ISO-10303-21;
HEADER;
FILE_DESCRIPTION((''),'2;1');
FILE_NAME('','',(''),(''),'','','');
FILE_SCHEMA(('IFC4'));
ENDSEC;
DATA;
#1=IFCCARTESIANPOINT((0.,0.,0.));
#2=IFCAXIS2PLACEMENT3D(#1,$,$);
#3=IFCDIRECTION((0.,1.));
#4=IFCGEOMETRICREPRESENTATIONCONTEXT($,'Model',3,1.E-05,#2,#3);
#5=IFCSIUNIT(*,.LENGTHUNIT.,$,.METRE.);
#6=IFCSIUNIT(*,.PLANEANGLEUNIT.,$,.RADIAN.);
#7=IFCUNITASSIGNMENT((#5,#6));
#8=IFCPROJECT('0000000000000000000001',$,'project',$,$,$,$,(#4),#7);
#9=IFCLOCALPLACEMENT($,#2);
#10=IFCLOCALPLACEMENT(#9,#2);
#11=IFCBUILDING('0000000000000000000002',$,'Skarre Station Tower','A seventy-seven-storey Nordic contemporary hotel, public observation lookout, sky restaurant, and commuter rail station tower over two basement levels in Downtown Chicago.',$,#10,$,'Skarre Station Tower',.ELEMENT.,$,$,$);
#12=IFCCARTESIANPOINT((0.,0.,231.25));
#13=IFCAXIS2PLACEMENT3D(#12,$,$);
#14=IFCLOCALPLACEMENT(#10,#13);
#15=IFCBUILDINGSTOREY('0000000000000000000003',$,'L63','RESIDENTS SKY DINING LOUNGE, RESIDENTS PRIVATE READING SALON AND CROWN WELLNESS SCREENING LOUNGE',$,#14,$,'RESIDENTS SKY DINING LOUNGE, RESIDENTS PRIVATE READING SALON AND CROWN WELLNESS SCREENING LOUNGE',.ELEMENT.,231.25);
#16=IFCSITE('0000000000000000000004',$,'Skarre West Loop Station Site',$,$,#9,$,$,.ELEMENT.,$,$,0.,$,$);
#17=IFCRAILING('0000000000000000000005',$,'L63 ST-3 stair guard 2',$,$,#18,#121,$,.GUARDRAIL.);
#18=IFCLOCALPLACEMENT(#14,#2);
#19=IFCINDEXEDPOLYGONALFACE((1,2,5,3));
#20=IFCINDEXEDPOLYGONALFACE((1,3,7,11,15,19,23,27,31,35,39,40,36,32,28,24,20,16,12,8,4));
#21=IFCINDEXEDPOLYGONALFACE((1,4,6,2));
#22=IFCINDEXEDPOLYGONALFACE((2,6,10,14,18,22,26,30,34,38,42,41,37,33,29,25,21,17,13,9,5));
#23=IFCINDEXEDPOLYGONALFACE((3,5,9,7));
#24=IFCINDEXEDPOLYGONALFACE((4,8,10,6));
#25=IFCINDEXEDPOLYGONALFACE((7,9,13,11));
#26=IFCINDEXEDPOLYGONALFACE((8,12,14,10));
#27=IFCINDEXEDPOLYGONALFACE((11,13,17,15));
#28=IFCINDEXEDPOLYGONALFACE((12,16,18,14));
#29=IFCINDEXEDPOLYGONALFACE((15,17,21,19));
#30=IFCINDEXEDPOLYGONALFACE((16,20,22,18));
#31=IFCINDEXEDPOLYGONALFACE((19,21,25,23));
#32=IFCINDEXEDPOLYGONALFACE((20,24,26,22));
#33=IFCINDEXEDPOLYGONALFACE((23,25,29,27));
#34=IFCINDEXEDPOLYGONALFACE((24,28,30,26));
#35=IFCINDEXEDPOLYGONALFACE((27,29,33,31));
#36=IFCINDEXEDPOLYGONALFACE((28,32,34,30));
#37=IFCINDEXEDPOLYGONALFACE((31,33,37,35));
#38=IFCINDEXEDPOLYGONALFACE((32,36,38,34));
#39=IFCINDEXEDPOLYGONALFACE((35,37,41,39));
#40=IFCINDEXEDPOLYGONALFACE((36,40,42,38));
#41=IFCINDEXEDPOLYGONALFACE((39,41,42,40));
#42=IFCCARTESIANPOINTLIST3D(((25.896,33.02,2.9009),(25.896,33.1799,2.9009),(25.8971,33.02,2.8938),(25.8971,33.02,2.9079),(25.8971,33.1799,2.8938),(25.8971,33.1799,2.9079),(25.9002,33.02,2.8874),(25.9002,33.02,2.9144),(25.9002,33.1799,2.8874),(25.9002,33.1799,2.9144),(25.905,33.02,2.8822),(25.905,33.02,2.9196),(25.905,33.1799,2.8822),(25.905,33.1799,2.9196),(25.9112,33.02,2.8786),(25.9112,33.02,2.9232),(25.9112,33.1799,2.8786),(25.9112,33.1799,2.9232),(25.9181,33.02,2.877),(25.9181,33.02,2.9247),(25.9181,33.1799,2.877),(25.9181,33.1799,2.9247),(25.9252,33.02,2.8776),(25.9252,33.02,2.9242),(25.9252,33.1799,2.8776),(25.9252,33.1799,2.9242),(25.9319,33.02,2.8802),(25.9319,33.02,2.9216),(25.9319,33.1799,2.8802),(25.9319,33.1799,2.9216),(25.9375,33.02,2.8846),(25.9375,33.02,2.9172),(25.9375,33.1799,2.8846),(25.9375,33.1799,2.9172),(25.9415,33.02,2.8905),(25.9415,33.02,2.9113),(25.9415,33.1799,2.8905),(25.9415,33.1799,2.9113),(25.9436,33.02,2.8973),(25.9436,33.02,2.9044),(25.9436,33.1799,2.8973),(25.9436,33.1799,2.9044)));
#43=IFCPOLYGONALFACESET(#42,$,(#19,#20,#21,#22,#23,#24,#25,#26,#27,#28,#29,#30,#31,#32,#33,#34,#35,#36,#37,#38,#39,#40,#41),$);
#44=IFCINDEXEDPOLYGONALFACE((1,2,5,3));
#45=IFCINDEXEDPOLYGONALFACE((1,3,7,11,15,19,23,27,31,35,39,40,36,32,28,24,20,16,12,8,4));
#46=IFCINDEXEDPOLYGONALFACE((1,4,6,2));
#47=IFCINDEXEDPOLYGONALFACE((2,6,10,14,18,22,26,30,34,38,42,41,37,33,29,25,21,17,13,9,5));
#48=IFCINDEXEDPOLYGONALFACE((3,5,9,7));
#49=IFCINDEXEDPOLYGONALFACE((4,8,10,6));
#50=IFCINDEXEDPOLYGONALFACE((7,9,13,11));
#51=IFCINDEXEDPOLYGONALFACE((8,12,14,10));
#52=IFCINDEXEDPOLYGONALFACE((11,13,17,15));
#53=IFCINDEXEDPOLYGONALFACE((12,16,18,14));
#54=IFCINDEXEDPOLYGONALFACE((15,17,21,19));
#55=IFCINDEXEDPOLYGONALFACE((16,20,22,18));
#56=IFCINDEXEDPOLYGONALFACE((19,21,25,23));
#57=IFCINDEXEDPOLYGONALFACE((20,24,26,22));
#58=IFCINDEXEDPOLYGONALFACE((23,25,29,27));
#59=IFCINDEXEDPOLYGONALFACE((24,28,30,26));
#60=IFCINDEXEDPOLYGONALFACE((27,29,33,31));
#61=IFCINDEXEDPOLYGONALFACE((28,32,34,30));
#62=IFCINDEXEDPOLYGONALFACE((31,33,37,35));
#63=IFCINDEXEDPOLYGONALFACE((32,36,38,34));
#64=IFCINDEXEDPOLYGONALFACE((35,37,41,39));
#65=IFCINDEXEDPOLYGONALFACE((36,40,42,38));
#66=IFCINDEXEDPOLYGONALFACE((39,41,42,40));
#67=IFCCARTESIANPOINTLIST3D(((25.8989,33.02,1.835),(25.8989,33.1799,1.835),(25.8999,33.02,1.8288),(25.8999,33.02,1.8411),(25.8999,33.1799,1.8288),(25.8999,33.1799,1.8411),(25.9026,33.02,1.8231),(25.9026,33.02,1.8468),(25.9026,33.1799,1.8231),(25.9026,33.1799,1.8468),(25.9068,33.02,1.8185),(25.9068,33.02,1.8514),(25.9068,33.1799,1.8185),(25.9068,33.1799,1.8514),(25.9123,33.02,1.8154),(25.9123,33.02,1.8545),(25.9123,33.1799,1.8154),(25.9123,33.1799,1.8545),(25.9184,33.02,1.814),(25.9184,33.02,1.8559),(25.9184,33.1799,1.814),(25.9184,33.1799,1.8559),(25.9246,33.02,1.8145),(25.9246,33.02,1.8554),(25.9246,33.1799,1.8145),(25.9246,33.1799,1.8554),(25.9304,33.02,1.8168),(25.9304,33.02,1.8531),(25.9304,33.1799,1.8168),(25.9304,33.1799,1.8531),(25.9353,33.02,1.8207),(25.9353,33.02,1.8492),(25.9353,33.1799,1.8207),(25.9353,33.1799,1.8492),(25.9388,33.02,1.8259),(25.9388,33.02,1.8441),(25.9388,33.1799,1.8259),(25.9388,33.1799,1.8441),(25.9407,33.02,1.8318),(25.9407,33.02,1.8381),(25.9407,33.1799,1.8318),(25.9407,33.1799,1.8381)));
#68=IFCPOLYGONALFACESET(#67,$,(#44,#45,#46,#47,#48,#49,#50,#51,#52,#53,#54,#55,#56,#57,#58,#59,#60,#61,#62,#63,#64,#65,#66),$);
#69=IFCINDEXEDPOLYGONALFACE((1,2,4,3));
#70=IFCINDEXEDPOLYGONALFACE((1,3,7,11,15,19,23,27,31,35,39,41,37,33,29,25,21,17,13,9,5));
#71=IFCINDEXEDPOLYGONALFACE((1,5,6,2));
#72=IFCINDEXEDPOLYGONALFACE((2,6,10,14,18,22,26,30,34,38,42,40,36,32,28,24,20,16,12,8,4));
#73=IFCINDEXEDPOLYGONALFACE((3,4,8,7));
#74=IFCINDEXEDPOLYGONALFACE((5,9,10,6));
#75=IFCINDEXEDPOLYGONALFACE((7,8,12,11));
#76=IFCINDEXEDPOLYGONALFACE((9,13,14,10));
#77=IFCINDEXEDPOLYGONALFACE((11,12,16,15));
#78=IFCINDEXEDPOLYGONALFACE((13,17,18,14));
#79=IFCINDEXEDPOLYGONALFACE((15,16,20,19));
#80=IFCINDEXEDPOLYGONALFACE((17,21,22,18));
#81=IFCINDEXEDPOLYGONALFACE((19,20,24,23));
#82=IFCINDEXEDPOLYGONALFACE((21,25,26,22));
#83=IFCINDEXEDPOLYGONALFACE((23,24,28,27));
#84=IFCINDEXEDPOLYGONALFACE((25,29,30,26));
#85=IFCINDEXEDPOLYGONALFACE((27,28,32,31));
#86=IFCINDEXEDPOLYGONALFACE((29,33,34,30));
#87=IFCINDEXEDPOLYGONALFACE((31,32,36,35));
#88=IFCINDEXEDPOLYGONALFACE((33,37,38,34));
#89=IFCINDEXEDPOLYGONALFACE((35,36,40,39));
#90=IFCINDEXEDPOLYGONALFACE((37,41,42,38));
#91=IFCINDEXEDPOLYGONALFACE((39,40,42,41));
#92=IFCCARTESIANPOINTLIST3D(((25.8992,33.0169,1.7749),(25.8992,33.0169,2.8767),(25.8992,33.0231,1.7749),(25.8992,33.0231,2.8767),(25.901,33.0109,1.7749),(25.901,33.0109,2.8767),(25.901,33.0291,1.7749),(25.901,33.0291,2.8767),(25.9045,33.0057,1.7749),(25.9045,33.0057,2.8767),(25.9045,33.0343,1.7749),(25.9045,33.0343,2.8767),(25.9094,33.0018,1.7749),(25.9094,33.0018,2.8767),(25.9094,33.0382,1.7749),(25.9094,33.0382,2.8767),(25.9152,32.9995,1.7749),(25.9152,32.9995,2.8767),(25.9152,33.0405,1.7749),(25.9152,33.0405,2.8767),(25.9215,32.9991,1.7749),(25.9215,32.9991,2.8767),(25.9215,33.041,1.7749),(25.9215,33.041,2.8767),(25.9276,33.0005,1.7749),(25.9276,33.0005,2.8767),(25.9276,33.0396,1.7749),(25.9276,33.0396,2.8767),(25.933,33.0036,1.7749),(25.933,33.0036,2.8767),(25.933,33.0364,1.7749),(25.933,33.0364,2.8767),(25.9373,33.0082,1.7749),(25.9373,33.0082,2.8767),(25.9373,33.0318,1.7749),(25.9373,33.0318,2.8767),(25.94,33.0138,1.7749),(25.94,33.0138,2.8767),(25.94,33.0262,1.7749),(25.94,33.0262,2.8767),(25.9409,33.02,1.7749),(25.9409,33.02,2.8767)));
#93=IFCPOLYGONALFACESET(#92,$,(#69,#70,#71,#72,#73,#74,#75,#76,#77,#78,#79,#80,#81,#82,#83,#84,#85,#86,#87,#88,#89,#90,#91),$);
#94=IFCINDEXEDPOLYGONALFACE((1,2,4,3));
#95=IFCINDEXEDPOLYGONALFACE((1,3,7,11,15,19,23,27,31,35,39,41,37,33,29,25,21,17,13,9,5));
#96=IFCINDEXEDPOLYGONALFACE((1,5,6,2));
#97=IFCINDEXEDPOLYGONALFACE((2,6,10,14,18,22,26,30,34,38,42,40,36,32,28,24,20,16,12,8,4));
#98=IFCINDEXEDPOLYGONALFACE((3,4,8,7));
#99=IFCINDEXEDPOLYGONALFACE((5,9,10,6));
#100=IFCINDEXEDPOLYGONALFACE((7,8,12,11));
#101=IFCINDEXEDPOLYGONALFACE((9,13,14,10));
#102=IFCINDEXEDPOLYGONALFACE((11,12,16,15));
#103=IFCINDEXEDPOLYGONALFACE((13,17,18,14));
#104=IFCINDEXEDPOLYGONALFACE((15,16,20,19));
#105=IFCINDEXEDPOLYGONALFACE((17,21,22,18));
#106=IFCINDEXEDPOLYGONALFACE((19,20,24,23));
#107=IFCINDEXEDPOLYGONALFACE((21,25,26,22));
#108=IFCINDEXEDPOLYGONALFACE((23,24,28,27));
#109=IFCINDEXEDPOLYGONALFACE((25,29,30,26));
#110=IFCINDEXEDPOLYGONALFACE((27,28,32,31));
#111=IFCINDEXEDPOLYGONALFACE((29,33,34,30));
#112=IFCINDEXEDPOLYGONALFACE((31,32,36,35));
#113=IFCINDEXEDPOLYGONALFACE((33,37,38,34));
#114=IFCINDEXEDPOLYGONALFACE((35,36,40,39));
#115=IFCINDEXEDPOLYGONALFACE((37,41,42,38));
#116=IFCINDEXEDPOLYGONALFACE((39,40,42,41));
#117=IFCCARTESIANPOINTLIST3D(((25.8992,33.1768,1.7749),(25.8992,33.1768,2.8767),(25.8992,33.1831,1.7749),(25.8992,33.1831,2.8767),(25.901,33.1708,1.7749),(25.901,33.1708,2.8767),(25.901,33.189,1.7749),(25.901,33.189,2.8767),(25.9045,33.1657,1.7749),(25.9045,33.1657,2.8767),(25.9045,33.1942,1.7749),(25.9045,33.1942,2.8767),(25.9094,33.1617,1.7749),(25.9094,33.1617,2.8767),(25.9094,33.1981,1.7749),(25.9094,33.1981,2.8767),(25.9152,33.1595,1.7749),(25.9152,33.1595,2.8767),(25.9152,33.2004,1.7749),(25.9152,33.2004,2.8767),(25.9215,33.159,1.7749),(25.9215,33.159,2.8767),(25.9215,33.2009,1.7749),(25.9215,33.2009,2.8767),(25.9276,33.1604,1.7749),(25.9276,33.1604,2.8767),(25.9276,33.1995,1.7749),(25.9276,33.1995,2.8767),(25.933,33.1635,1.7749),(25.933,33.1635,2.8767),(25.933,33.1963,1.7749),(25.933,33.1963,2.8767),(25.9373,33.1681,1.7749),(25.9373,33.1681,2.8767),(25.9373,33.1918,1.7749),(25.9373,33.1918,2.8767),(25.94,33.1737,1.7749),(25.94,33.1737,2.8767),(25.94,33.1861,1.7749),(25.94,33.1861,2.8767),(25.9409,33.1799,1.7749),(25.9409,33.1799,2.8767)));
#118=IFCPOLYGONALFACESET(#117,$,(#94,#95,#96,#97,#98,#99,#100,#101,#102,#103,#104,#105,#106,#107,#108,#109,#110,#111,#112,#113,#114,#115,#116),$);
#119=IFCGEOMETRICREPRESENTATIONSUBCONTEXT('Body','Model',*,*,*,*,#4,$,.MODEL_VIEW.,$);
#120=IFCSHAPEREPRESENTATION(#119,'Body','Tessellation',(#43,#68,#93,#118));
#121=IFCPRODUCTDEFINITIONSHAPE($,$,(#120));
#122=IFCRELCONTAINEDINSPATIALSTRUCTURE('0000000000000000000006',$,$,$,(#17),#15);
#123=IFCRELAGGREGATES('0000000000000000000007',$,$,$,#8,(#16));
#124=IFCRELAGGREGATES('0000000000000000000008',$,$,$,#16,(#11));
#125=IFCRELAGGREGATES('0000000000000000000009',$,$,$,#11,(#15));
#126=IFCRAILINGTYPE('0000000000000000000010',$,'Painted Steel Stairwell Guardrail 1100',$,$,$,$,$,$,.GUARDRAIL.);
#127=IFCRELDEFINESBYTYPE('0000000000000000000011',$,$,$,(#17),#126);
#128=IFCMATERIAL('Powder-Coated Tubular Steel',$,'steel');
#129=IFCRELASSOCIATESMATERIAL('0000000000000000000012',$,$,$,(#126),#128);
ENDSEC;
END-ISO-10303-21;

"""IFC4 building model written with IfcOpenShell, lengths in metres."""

from ifc_helpers import new_model, si_unit, direction, frame, origin, origin_2d, place, context, subcontext, project, spatial, circle, extrude, material, type_object, element, save


model = new_model("IFC4")

# Units and contexts
model_context = context("Model", 3, precision=1e-05, world=origin(), true_north=direction((0.0, 1.0)))
body_context = subcontext(model_context, "Body", "Model", "MODEL_VIEW")
ifc_project = project(units=[si_unit("LENGTHUNIT", "METRE"), si_unit("PLANEANGLEUNIT", "RADIAN")], contexts=[model_context])

# Site, building, storey
site_placement = place(None, origin())
site = spatial("IfcSite", under=ifc_project, at=site_placement, Name="Skarre West Loop Station Site", CompositionType="ELEMENT", RefElevation=0.0)
building_placement = place(site_placement, origin())
building = spatial("IfcBuilding", under=site, at=building_placement, Name="Skarre Station Tower", Description="A seventy-seven-storey Nordic contemporary hotel, public observation lookout, sky restaurant, and commuter rail station tower over two basement levels in Downtown Chicago.", LongName="Skarre Station Tower", CompositionType="ELEMENT")
storey_placement = place(building_placement, frame((0.0, 0.0, 231.25)))
storey = spatial("IfcBuildingStorey", under=building, at=storey_placement, Name="L63", Description="RESIDENTS SKY DINING LOUNGE, RESIDENTS PRIVATE READING SALON AND CROWN WELLNESS SCREENING LOUNGE", LongName="RESIDENTS SKY DINING LOUNGE, RESIDENTS PRIVATE READING SALON AND CROWN WELLNESS SCREENING LOUNGE", CompositionType="ELEMENT", Elevation=231.25)

# Railing
ifc_material_1 = material(Name="Powder-Coated Tubular Steel", Category="steel")
railing_type_1 = type_object("IfcRailingType", Name="Painted Steel Stairwell Guardrail 1100", PredefinedType="GUARDRAIL", material=ifc_material_1)
railing_1_placement = place(storey_placement, frame((25.9199, 33.02, 1.7749)))
element("IfcRailing", 1, at=railing_1_placement, inside=storey, type_object=railing_type_1, Name="L63 ST-3 stair guard 2", PredefinedType="GUARDRAIL", context=body_context, shape_type="SweptSolid", body=[
    extrude(circle(Radius=0.0239, at=origin_2d()), frame((0.0, 0.0, 1.126), z_axis=(0.0, 1.0, 0.0), x_axis=(-1.0, 0.0, 0.0)), (0.0, 0.0, 1.0), 0.1599),
    extrude(circle(Radius=0.021, at=origin_2d()), frame((0.0, 0.0, 0.0601), z_axis=(0.0, 1.0, 0.0), x_axis=(-1.0, 0.0, 0.0)), (0.0, 0.0, 1.0), 0.1599),
    extrude(circle(Radius=0.021, at=origin_2d()), origin(), (0.0, 0.0, 1.0), 1.1018),
    extrude(circle(Radius=0.021, at=origin_2d()), frame((0.0, 0.1599, 0.0)), (0.0, 0.0, 1.0), 1.1018),
])

save(model, "model.ifc")
